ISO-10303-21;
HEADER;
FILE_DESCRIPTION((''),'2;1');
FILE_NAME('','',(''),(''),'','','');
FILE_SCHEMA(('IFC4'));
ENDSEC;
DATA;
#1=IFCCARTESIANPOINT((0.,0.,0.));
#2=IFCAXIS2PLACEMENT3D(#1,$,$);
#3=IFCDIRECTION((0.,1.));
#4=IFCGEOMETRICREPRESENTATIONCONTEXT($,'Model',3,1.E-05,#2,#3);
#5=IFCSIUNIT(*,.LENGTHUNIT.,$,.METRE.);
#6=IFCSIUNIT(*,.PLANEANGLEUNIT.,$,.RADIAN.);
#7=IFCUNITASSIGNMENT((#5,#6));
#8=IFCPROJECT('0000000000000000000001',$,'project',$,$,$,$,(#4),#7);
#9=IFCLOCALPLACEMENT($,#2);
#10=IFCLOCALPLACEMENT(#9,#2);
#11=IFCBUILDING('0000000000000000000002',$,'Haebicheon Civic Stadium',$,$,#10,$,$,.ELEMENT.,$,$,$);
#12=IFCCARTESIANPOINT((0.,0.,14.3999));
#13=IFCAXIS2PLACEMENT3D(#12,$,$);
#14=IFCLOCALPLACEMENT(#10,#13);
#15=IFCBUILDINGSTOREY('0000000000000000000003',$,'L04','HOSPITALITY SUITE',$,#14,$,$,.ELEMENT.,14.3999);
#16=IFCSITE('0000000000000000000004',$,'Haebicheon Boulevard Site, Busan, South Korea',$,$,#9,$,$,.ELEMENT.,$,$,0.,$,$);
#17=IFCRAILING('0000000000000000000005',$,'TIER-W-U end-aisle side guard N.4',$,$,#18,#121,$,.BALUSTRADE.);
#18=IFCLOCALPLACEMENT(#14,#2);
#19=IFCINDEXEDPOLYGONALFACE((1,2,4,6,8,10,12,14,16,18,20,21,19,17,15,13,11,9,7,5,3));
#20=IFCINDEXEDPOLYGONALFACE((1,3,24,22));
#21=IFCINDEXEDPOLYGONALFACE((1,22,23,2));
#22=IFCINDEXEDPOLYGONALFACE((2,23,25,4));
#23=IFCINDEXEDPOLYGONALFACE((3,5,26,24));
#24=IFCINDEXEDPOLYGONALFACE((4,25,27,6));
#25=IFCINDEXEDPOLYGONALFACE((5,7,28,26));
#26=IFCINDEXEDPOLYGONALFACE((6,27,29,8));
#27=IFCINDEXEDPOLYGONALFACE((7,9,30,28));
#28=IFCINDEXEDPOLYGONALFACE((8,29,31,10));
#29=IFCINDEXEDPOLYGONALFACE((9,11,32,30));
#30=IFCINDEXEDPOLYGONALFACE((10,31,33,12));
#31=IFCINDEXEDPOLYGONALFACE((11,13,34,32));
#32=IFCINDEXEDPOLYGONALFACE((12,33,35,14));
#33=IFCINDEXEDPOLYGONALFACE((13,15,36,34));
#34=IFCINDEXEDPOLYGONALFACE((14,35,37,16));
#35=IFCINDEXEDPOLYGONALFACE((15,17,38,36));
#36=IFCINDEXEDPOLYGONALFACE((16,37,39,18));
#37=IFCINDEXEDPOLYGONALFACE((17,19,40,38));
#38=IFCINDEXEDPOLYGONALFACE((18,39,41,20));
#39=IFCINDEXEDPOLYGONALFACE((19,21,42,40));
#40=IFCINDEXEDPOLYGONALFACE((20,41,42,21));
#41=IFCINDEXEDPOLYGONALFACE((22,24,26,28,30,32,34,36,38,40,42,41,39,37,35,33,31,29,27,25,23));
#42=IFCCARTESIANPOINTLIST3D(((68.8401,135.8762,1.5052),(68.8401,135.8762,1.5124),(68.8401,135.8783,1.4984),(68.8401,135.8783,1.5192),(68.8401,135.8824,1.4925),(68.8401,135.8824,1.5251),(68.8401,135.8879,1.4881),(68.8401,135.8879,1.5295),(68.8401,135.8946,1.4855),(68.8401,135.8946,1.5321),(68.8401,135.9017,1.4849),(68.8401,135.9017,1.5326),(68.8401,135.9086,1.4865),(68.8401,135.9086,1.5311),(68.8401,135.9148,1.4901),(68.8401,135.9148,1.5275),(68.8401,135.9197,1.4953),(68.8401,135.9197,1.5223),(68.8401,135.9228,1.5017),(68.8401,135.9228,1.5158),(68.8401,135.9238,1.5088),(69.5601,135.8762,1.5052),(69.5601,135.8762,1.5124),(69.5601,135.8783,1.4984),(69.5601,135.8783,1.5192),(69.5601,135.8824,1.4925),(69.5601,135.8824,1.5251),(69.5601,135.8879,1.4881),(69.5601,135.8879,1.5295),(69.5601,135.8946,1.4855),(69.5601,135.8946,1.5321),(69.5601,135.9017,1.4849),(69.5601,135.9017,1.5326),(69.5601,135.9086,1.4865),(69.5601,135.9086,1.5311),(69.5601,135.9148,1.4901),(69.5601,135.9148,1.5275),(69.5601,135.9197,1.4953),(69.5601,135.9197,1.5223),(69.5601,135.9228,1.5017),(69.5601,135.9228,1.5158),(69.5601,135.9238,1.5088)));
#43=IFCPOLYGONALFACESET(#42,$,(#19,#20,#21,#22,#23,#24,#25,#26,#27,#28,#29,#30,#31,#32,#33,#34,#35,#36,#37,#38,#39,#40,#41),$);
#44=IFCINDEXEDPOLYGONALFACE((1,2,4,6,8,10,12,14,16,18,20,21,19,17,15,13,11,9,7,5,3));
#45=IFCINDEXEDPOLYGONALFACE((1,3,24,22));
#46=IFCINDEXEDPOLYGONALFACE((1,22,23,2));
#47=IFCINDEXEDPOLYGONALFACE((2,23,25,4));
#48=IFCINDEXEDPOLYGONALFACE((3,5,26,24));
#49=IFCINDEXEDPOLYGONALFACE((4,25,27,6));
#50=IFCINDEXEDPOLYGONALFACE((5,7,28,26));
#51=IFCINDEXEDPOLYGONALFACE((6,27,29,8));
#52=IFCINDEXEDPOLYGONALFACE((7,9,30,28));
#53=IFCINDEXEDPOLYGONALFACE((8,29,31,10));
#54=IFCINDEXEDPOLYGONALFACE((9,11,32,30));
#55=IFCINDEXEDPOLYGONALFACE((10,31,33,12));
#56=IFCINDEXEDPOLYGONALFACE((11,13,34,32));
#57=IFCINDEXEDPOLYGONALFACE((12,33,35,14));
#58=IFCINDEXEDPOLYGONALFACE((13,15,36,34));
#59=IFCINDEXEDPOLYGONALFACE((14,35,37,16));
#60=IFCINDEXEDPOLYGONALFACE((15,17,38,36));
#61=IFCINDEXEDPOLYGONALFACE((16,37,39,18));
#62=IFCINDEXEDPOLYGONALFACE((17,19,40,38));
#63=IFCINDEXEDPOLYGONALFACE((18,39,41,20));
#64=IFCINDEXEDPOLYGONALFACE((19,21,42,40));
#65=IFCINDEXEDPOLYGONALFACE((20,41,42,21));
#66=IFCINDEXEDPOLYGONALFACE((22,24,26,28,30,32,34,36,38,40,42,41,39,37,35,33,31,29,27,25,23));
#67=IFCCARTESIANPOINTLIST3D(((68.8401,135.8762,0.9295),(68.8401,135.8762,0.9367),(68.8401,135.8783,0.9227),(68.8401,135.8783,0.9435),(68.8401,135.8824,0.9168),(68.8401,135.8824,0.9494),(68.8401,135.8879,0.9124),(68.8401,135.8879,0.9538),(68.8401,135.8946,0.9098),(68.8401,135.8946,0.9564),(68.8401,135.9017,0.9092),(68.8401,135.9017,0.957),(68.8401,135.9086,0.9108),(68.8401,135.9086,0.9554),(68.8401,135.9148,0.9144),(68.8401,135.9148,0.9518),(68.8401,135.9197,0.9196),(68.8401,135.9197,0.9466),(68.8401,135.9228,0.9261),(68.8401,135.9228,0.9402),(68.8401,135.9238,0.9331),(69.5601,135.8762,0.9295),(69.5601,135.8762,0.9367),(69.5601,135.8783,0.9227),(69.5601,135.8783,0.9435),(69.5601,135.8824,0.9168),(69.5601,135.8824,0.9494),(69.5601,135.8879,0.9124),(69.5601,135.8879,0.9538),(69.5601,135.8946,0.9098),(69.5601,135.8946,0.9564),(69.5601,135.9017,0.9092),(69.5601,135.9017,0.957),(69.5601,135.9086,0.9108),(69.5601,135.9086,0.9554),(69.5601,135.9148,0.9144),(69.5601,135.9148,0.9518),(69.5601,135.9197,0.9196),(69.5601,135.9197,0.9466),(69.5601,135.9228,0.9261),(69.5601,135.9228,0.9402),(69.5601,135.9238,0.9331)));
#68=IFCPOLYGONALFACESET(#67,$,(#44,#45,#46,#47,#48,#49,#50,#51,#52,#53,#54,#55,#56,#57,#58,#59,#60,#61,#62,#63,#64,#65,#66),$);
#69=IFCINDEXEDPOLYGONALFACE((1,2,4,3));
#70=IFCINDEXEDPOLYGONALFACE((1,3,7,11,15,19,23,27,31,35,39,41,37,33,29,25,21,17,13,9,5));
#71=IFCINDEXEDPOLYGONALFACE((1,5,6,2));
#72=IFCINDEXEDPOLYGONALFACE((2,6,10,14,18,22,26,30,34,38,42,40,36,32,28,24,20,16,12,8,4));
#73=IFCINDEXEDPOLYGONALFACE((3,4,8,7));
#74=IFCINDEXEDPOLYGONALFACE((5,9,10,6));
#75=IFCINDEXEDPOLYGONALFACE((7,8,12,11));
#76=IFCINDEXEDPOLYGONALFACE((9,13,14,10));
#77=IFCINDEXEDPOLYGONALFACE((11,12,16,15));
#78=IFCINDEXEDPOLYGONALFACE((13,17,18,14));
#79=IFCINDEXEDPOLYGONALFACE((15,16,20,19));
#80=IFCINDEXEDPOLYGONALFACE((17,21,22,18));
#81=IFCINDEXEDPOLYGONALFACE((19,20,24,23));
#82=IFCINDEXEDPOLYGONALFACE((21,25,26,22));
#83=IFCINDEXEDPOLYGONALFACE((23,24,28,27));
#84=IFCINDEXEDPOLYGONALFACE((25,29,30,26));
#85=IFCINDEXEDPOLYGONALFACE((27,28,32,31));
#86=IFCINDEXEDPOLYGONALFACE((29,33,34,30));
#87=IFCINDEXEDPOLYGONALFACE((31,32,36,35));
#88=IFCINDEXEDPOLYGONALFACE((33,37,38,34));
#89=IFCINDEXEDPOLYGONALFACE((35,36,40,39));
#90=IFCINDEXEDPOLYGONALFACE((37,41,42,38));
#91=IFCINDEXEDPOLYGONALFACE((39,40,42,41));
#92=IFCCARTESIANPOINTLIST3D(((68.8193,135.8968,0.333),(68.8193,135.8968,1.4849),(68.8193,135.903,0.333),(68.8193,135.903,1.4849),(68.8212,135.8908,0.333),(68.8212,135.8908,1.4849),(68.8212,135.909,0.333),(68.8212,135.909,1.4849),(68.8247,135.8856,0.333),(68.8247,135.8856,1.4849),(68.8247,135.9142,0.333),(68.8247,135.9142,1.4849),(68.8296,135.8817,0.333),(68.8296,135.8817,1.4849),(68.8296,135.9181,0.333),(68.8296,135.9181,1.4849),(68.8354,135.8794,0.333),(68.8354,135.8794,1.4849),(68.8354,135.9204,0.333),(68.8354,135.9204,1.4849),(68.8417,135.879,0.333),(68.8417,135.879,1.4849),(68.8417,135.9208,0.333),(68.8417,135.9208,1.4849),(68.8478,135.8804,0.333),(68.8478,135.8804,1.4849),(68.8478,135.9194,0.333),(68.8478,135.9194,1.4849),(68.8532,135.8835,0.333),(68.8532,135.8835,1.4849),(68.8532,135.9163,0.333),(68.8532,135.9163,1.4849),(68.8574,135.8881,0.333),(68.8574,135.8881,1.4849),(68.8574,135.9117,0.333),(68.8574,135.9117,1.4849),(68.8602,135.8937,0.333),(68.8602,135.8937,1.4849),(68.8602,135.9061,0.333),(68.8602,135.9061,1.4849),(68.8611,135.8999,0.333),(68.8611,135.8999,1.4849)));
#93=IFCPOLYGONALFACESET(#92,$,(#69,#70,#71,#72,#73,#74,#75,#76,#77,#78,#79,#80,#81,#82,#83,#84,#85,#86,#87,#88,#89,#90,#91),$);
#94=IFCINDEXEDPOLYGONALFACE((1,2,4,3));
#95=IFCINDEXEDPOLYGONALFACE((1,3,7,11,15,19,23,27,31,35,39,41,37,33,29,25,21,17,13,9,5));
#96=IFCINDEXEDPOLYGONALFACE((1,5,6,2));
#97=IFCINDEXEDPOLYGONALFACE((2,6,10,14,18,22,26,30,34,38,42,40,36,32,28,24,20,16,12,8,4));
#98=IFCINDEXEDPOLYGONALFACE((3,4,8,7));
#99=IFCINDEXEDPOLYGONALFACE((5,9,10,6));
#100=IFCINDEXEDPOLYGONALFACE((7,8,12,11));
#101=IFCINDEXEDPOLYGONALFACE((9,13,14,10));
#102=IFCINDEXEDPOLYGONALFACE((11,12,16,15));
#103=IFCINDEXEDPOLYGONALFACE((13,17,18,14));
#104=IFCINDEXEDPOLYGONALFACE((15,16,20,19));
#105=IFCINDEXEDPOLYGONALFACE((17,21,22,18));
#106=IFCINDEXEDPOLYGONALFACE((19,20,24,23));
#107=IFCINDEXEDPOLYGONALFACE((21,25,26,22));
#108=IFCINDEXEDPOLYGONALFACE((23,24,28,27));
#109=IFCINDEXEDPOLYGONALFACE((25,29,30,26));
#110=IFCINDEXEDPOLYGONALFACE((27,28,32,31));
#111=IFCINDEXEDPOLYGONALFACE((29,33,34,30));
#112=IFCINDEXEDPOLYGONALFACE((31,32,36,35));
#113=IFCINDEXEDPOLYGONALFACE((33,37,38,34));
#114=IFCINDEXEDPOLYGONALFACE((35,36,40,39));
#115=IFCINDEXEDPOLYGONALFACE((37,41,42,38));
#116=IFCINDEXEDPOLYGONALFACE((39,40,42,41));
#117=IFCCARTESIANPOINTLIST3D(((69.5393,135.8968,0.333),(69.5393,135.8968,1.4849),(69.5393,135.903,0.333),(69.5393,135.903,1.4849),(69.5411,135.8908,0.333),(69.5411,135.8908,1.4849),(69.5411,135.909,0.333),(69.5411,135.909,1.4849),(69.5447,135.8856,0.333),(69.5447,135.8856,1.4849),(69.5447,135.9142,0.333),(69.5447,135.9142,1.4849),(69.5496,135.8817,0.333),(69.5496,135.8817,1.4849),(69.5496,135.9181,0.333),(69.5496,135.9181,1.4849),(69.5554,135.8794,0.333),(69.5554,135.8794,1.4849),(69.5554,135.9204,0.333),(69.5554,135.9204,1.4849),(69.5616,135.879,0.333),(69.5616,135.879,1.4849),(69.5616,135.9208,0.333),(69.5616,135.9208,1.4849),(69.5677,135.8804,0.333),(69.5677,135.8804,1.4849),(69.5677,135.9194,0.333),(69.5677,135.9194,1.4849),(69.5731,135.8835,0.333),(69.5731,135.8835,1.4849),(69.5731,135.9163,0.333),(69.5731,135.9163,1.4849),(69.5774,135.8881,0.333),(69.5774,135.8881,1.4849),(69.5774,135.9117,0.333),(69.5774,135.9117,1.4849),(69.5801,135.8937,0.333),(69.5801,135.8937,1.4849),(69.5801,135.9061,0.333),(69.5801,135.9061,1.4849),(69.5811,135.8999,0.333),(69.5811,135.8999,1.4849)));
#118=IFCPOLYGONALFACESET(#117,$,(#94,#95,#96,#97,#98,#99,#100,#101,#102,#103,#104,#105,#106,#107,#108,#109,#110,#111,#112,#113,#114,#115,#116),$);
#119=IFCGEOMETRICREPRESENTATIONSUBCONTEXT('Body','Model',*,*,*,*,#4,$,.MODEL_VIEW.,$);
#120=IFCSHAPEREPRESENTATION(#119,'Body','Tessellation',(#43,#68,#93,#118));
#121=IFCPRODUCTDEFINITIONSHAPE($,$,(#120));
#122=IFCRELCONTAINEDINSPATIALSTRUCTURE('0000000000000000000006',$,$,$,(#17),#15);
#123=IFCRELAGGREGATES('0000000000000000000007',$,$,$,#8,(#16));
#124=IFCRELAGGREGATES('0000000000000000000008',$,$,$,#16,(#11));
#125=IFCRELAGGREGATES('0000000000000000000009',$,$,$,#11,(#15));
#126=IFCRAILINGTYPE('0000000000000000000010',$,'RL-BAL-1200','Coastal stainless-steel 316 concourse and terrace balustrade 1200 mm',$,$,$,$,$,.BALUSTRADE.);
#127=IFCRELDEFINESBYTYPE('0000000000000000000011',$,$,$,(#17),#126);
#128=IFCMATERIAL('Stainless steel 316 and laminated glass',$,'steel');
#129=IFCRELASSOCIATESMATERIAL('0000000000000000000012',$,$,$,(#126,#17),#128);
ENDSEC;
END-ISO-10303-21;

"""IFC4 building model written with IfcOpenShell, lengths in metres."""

from ifc_helpers import new_model, si_unit, direction, frame, origin, origin_2d, place, context, subcontext, project, spatial, circle, extrude, material, type_object, element, save


model = new_model("IFC4")

# Units and contexts
model_context = context("Model", 3, precision=1e-05, world=origin(), true_north=direction((0.0, 1.0)))
body_context = subcontext(model_context, "Body", "Model", "MODEL_VIEW")
ifc_project = project(units=[si_unit("LENGTHUNIT", "METRE"), si_unit("PLANEANGLEUNIT", "RADIAN")], contexts=[model_context])

# Site, building, storey
site_placement = place(None, origin())
site = spatial("IfcSite", under=ifc_project, at=site_placement, Name="Haebicheon Boulevard Site, Busan, South Korea", CompositionType="ELEMENT", RefElevation=0.0)
building_placement = place(site_placement, origin())
building = spatial("IfcBuilding", under=site, at=building_placement, Name="Haebicheon Civic Stadium", CompositionType="ELEMENT")
storey_placement = place(building_placement, frame((0.0, 0.0, 14.3999)))
storey = spatial("IfcBuildingStorey", under=building, at=storey_placement, Name="L04", Description="HOSPITALITY SUITE", CompositionType="ELEMENT", Elevation=14.3999)

# Railing
ifc_material_1 = material(Name="Stainless steel 316 and laminated glass", Category="steel")
railing_type = type_object("IfcRailingType", Name="RL-BAL-1200", Description="Coastal stainless-steel 316 concourse and terrace balustrade 1200 mm", PredefinedType="BALUSTRADE", material=ifc_material_1)
for number, where, name in (
    (1, (68.8401, 135.8999, 0.333), "TIER-W-U end-aisle side guard N.4"),
):
    element("IfcRailing", number, at=place(storey_placement, frame(where)), inside=storey, type_object=railing_type, material=ifc_material_1, Name=name, PredefinedType="BALUSTRADE", context=body_context, shape_type="SweptSolid", body=[
        extrude(circle(Radius=0.0239, at=origin_2d()), frame((0.0, 0.0, 1.1758), z_axis=(1.0, 0.0, 0.0), x_axis=(0.0, 1.0, 0.0)), (0.0, 0.0, 1.0), 0.72),
        extrude(circle(Radius=0.0239, at=origin_2d()), frame((0.0, 0.0, 0.6001), z_axis=(1.0, 0.0, 0.0), x_axis=(0.0, 1.0, 0.0)), (0.0, 0.0, 1.0), 0.72),
        extrude(circle(Radius=0.021, at=origin_2d()), origin(), (0.0, 0.0, 1.0), 1.1519),
        extrude(circle(Radius=0.021, at=origin_2d()), frame((0.72, 0.0, 0.0)), (0.0, 0.0, 1.0), 1.1519),
    ])

save(model, "model.ifc")
